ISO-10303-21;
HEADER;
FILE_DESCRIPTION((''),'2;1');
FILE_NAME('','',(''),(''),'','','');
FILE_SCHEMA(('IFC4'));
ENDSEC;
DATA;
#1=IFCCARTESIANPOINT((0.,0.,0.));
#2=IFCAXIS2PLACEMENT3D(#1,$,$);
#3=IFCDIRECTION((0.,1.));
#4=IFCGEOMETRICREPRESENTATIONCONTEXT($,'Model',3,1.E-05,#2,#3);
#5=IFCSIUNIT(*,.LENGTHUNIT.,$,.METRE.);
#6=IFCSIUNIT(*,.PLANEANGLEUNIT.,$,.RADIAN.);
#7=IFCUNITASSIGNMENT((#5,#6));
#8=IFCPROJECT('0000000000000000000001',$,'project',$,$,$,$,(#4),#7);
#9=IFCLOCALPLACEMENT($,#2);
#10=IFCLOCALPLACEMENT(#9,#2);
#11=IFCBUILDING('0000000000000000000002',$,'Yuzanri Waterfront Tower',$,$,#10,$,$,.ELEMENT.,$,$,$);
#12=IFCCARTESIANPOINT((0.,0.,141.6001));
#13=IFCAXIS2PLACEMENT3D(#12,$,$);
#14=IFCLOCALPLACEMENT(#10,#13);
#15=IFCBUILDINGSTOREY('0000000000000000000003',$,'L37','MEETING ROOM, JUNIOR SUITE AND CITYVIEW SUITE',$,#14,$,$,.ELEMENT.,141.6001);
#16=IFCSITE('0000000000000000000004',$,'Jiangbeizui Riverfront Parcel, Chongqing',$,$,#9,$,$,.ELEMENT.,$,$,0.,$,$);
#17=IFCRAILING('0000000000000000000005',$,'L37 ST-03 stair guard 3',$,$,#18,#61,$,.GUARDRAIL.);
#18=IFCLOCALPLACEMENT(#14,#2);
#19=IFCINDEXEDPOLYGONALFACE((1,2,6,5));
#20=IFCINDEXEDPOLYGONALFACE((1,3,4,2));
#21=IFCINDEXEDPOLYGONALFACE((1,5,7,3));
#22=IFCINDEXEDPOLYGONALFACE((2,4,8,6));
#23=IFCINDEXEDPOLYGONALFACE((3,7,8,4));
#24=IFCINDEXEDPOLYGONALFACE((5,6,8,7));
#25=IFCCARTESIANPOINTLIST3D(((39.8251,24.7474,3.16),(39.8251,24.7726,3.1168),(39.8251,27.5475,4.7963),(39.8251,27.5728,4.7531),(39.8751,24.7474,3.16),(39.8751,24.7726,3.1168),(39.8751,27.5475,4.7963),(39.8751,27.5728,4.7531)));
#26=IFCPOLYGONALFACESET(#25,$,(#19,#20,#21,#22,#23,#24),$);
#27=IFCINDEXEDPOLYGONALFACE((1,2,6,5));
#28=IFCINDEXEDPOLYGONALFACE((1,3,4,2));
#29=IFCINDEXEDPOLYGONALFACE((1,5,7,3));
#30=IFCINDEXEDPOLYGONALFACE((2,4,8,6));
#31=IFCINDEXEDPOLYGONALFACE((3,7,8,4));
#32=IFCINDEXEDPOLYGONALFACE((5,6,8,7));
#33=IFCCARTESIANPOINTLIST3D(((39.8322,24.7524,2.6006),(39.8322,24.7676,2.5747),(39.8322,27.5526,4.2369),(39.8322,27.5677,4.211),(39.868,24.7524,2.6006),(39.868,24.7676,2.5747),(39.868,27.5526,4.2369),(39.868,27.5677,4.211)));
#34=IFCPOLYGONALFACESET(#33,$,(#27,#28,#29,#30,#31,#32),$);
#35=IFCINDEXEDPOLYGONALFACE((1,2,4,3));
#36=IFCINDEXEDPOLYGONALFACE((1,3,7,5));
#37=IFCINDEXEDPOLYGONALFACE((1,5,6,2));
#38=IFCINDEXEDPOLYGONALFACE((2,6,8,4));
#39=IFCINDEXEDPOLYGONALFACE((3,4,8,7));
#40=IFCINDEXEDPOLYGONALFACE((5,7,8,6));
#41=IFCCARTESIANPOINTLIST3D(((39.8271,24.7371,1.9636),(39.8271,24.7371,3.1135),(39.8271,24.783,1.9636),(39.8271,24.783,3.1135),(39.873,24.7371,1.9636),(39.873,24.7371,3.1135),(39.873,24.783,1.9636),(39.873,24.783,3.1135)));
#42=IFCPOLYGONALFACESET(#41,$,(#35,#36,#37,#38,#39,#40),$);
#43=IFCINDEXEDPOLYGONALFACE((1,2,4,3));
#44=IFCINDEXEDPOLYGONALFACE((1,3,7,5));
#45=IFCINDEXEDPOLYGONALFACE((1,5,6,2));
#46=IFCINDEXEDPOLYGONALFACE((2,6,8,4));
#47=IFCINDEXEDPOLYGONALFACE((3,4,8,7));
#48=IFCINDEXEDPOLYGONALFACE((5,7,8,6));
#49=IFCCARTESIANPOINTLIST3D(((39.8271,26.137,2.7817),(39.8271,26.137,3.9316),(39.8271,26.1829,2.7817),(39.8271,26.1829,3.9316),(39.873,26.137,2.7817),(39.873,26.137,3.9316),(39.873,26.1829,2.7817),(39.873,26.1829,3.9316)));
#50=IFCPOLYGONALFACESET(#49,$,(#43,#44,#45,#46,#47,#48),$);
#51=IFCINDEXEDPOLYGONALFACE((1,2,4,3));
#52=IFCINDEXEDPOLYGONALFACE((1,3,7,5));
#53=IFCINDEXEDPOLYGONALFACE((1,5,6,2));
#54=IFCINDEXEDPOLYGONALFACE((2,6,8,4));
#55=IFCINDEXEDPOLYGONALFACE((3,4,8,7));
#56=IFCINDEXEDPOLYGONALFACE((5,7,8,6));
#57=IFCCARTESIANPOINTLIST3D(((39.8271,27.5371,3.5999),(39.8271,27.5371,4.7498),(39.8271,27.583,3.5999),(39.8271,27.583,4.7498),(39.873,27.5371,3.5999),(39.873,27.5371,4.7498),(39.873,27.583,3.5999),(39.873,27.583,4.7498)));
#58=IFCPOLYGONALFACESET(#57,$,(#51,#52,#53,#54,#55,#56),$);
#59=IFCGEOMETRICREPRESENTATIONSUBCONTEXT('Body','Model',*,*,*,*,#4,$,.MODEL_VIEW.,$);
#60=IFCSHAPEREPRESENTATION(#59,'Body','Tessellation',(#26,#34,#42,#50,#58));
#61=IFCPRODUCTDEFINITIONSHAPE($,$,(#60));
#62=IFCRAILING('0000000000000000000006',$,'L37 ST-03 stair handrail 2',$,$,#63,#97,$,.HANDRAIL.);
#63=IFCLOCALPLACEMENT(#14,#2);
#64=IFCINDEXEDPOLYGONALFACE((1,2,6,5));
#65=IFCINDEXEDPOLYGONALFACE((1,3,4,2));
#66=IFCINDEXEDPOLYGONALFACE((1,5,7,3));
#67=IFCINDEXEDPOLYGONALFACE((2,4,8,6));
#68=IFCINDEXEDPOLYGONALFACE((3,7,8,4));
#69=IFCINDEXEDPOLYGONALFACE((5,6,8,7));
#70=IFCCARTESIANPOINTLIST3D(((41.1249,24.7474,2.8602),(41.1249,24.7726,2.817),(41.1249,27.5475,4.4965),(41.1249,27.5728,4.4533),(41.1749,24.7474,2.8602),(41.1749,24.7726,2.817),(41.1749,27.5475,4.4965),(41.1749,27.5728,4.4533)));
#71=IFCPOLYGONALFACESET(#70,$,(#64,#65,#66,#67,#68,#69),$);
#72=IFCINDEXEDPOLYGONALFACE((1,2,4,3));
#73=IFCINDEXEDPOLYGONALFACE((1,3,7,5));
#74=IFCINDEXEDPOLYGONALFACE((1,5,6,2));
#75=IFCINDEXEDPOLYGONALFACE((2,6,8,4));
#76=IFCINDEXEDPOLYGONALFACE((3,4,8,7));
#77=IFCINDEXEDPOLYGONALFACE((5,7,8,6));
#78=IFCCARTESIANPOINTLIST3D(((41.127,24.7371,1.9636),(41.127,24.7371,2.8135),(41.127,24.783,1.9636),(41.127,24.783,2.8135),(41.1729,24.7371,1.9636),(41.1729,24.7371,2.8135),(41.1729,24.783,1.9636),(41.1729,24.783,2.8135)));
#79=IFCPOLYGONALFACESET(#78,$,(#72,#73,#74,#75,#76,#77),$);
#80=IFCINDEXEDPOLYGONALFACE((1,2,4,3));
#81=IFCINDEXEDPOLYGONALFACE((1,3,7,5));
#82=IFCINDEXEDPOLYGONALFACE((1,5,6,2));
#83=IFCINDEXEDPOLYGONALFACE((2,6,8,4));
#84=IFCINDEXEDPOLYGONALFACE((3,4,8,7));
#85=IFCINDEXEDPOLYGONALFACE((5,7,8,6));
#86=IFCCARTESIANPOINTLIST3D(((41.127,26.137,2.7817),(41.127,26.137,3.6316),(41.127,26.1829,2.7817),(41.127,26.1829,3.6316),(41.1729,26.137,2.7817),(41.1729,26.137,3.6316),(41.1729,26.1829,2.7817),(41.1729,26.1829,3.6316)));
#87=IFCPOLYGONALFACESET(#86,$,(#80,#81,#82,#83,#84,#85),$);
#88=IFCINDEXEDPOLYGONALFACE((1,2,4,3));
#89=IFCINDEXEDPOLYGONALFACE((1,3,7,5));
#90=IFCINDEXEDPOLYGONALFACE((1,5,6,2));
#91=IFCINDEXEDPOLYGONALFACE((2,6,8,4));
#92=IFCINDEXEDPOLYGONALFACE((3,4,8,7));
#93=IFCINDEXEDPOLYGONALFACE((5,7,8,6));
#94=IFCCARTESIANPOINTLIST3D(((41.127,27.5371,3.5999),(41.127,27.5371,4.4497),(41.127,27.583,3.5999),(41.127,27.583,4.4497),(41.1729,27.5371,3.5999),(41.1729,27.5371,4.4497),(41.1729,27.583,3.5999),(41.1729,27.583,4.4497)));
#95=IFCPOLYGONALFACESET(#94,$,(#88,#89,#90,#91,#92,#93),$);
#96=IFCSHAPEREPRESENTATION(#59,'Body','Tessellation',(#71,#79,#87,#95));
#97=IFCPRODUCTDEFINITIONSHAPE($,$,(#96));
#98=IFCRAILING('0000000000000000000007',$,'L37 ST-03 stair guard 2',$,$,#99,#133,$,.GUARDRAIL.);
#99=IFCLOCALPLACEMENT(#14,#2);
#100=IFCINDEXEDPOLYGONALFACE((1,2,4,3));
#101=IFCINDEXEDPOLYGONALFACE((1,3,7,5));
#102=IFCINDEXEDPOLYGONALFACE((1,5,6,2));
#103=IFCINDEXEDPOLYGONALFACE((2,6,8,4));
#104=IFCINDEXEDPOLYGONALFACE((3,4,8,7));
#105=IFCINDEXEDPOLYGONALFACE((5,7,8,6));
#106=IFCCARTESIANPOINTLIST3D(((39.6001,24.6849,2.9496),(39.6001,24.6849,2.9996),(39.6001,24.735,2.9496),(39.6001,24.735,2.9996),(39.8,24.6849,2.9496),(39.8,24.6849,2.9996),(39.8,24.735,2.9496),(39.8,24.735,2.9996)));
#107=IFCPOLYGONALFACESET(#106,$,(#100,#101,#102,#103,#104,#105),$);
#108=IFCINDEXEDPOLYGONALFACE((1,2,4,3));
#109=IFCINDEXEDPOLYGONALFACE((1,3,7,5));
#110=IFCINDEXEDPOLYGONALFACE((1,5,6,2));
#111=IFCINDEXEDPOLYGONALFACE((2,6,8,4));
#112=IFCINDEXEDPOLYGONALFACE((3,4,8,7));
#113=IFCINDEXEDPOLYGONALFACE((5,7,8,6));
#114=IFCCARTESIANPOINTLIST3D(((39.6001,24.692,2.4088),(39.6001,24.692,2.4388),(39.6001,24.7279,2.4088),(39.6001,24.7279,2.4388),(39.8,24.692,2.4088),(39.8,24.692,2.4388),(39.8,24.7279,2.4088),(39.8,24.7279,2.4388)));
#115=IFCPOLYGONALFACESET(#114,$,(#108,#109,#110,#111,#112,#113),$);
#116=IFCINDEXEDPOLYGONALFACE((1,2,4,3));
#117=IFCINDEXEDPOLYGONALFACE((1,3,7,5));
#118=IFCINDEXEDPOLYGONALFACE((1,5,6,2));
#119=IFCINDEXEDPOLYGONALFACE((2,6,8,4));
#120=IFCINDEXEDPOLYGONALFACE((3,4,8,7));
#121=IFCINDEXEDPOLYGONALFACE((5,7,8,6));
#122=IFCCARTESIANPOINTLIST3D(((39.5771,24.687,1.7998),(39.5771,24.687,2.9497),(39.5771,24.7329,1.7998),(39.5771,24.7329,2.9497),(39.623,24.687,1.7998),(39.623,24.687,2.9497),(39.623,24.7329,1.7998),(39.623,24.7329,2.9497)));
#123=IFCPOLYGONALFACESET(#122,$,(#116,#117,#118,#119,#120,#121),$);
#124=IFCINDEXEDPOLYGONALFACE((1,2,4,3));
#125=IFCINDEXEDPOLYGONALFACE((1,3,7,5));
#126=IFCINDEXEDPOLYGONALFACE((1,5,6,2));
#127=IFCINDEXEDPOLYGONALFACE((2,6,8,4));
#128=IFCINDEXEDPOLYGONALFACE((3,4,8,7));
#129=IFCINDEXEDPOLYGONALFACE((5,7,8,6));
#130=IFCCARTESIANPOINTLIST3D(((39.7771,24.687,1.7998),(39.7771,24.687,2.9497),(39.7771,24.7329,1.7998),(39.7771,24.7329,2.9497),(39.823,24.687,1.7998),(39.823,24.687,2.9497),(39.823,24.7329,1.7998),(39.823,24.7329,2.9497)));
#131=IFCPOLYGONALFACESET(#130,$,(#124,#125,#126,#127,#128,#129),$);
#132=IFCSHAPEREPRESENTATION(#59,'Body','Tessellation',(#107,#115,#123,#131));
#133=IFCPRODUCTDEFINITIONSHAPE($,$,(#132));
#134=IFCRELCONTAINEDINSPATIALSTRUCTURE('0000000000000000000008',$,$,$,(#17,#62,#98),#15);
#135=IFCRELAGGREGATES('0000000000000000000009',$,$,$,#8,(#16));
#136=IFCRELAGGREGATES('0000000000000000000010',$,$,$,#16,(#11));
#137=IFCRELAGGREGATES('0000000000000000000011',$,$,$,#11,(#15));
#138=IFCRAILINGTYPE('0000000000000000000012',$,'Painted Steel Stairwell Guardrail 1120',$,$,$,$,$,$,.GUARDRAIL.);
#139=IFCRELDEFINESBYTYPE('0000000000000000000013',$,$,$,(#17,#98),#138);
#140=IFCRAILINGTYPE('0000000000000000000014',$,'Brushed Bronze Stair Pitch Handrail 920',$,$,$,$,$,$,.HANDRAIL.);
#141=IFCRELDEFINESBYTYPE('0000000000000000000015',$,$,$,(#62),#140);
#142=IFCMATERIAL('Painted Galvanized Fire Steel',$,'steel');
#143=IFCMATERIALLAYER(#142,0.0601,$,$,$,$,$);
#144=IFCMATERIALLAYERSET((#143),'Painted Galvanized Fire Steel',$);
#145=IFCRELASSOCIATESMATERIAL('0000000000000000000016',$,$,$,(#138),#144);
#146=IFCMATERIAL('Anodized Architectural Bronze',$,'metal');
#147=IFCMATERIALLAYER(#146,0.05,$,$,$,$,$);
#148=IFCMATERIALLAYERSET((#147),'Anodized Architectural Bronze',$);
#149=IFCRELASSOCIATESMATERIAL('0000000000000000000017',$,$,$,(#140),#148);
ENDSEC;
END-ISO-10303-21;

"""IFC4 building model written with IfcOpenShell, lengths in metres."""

from ifc_helpers import new_model, si_unit, direction, frame, origin, origin_2d, place, context, subcontext, project, spatial, rectangle, extrude, source, transform, mapped, material, layer, layer_set, type_object, element, save


model = new_model("IFC4")

# Units and contexts
model_context = context("Model", 3, precision=1e-05, world=origin(), true_north=direction((0.0, 1.0)))
body_context = subcontext(model_context, "Body", "Model", "MODEL_VIEW")
ifc_project = project(units=[si_unit("LENGTHUNIT", "METRE"), si_unit("PLANEANGLEUNIT", "RADIAN")], contexts=[model_context])

# Site, building, storey
site_placement = place(None, origin())
site = spatial("IfcSite", under=ifc_project, at=site_placement, Name="Jiangbeizui Riverfront Parcel, Chongqing", CompositionType="ELEMENT", RefElevation=0.0)
building_placement = place(site_placement, origin())
building = spatial("IfcBuilding", under=site, at=building_placement, Name="Yuzanri Waterfront Tower", CompositionType="ELEMENT")
storey_placement = place(building_placement, frame((0.0, 0.0, 141.6001)))
storey = spatial("IfcBuildingStorey", under=building, at=storey_placement, Name="L37", Description="MEETING ROOM, JUNIOR SUITE AND CITYVIEW SUITE", CompositionType="ELEMENT", Elevation=141.6001)

# Railings
ifc_material_1 = material(Name="Painted Galvanized Fire Steel", Category="steel")
ifc_layer_1 = layer(ifc_material_1, 0.0601)
ifc_layer_set_1 = layer_set([ifc_layer_1], Name="Painted Galvanized Fire Steel")
railing_type_1 = type_object("IfcRailingType", Name="Painted Steel Stairwell Guardrail 1120", PredefinedType="GUARDRAIL", material=ifc_layer_set_1)
shared_shape_1 = source(origin(), body_context, "Body", "SweptSolid", [
    extrude(rectangle(XDim=0.05, YDim=0.05, at=origin_2d()), frame((0.0, 0.0, 1.1748), z_axis=(0.0, 0.863394, 0.504531), x_axis=(-1.0, 0.0, 0.0)), (0.0, 0.0, 1.0), 3.2432),
    extrude(rectangle(XDim=0.0359, YDim=0.03, at=origin_2d()), frame((0.0, 0.0, 0.624), z_axis=(0.0, 0.863394, 0.504531), x_axis=(-1.0, 0.0, 0.0)), (0.0, 0.0, 1.0), 3.2432),
    extrude(rectangle(XDim=0.0459, YDim=0.0459, at=origin_2d()), origin(), (0.0, 0.0, 1.0), 1.1499),
    extrude(rectangle(XDim=0.0459, YDim=0.0459, at=origin_2d()), frame((0.0, 1.3999, 0.8181)), (0.0, 0.0, 1.0), 1.1499),
    extrude(rectangle(XDim=0.0459, YDim=0.0459, at=origin_2d()), frame((0.0, 2.8, 1.6362)), (0.0, 0.0, 1.0), 1.1499),
])
for number, where, name in (
    (1, (39.8501, 24.76, 1.9636), "L37 ST-03 stair guard 3"),
):
    element("IfcRailing", number, at=place(storey_placement, frame(where)), inside=storey, type_object=railing_type_1, Name=name, PredefinedType="GUARDRAIL", context=body_context, shape_type="MappedRepresentation", body=[
        mapped(shared_shape_1, transform((0.0, 0.0, 0.0), scale=1.0)),
    ])
ifc_material_2 = material(Name="Anodized Architectural Bronze", Category="metal")
ifc_layer_2 = layer(ifc_material_2, 0.05)
ifc_layer_set_2 = layer_set([ifc_layer_2], Name="Anodized Architectural Bronze")
railing_type_2 = type_object("IfcRailingType", Name="Brushed Bronze Stair Pitch Handrail 920", PredefinedType="HANDRAIL", material=ifc_layer_set_2)
shared_shape_2 = source(origin(), body_context, "Body", "SweptSolid", [
    extrude(rectangle(XDim=0.05, YDim=0.05, at=origin_2d()), frame((0.0, 0.0, 0.875), z_axis=(0.0, 0.863394, 0.504531), x_axis=(-1.0, 0.0, 0.0)), (0.0, 0.0, 1.0), 3.2432),
    extrude(rectangle(XDim=0.0459, YDim=0.0459, at=origin_2d()), origin(), (0.0, 0.0, 1.0), 0.8499),
    extrude(rectangle(XDim=0.0459, YDim=0.0459, at=origin_2d()), frame((0.0, 1.3999, 0.8181)), (0.0, 0.0, 1.0), 0.8499),
    extrude(rectangle(XDim=0.0459, YDim=0.0459, at=origin_2d()), frame((0.0, 2.8, 1.6362)), (0.0, 0.0, 1.0), 0.8499),
])
railing_1_placement = place(storey_placement, frame((41.1499, 24.76, 1.9636)))
element("IfcRailing", 2, at=railing_1_placement, inside=storey, type_object=railing_type_2, Name="L37 ST-03 stair handrail 2", PredefinedType="HANDRAIL", context=body_context, shape_type="MappedRepresentation", body=[
    mapped(shared_shape_2, transform((0.0, 0.0, 0.0), scale=1.0)),
])
shared_shape_3 = source(origin(), body_context, "Body", "SweptSolid", [
    extrude(rectangle(XDim=0.05, YDim=0.05, at=origin_2d()), frame((0.0, 0.0, 1.1748), z_axis=(1.0, 0.0, 0.0), x_axis=(0.0, 1.0, 0.0)), (0.0, 0.0, 1.0), 0.2),
    extrude(rectangle(XDim=0.0359, YDim=0.03, at=origin_2d()), frame((0.0, 0.0, 0.624), z_axis=(1.0, 0.0, 0.0), x_axis=(0.0, 1.0, 0.0)), (0.0, 0.0, 1.0), 0.2),
    extrude(rectangle(XDim=0.0459, YDim=0.0459, at=origin_2d()), origin(), (0.0, 0.0, 1.0), 1.1499),
    extrude(rectangle(XDim=0.0459, YDim=0.0459, at=origin_2d()), frame((0.2, 0.0, 0.0)), (0.0, 0.0, 1.0), 1.1499),
])
railing_2_placement = place(storey_placement, frame((39.6001, 24.71, 1.7998)))
element("IfcRailing", 3, at=railing_2_placement, inside=storey, type_object=railing_type_1, Name="L37 ST-03 stair guard 2", PredefinedType="GUARDRAIL", context=body_context, shape_type="MappedRepresentation", body=[
    mapped(shared_shape_3, transform((0.0, 0.0, 0.0), scale=1.0)),
])

save(model, "model.ifc")
